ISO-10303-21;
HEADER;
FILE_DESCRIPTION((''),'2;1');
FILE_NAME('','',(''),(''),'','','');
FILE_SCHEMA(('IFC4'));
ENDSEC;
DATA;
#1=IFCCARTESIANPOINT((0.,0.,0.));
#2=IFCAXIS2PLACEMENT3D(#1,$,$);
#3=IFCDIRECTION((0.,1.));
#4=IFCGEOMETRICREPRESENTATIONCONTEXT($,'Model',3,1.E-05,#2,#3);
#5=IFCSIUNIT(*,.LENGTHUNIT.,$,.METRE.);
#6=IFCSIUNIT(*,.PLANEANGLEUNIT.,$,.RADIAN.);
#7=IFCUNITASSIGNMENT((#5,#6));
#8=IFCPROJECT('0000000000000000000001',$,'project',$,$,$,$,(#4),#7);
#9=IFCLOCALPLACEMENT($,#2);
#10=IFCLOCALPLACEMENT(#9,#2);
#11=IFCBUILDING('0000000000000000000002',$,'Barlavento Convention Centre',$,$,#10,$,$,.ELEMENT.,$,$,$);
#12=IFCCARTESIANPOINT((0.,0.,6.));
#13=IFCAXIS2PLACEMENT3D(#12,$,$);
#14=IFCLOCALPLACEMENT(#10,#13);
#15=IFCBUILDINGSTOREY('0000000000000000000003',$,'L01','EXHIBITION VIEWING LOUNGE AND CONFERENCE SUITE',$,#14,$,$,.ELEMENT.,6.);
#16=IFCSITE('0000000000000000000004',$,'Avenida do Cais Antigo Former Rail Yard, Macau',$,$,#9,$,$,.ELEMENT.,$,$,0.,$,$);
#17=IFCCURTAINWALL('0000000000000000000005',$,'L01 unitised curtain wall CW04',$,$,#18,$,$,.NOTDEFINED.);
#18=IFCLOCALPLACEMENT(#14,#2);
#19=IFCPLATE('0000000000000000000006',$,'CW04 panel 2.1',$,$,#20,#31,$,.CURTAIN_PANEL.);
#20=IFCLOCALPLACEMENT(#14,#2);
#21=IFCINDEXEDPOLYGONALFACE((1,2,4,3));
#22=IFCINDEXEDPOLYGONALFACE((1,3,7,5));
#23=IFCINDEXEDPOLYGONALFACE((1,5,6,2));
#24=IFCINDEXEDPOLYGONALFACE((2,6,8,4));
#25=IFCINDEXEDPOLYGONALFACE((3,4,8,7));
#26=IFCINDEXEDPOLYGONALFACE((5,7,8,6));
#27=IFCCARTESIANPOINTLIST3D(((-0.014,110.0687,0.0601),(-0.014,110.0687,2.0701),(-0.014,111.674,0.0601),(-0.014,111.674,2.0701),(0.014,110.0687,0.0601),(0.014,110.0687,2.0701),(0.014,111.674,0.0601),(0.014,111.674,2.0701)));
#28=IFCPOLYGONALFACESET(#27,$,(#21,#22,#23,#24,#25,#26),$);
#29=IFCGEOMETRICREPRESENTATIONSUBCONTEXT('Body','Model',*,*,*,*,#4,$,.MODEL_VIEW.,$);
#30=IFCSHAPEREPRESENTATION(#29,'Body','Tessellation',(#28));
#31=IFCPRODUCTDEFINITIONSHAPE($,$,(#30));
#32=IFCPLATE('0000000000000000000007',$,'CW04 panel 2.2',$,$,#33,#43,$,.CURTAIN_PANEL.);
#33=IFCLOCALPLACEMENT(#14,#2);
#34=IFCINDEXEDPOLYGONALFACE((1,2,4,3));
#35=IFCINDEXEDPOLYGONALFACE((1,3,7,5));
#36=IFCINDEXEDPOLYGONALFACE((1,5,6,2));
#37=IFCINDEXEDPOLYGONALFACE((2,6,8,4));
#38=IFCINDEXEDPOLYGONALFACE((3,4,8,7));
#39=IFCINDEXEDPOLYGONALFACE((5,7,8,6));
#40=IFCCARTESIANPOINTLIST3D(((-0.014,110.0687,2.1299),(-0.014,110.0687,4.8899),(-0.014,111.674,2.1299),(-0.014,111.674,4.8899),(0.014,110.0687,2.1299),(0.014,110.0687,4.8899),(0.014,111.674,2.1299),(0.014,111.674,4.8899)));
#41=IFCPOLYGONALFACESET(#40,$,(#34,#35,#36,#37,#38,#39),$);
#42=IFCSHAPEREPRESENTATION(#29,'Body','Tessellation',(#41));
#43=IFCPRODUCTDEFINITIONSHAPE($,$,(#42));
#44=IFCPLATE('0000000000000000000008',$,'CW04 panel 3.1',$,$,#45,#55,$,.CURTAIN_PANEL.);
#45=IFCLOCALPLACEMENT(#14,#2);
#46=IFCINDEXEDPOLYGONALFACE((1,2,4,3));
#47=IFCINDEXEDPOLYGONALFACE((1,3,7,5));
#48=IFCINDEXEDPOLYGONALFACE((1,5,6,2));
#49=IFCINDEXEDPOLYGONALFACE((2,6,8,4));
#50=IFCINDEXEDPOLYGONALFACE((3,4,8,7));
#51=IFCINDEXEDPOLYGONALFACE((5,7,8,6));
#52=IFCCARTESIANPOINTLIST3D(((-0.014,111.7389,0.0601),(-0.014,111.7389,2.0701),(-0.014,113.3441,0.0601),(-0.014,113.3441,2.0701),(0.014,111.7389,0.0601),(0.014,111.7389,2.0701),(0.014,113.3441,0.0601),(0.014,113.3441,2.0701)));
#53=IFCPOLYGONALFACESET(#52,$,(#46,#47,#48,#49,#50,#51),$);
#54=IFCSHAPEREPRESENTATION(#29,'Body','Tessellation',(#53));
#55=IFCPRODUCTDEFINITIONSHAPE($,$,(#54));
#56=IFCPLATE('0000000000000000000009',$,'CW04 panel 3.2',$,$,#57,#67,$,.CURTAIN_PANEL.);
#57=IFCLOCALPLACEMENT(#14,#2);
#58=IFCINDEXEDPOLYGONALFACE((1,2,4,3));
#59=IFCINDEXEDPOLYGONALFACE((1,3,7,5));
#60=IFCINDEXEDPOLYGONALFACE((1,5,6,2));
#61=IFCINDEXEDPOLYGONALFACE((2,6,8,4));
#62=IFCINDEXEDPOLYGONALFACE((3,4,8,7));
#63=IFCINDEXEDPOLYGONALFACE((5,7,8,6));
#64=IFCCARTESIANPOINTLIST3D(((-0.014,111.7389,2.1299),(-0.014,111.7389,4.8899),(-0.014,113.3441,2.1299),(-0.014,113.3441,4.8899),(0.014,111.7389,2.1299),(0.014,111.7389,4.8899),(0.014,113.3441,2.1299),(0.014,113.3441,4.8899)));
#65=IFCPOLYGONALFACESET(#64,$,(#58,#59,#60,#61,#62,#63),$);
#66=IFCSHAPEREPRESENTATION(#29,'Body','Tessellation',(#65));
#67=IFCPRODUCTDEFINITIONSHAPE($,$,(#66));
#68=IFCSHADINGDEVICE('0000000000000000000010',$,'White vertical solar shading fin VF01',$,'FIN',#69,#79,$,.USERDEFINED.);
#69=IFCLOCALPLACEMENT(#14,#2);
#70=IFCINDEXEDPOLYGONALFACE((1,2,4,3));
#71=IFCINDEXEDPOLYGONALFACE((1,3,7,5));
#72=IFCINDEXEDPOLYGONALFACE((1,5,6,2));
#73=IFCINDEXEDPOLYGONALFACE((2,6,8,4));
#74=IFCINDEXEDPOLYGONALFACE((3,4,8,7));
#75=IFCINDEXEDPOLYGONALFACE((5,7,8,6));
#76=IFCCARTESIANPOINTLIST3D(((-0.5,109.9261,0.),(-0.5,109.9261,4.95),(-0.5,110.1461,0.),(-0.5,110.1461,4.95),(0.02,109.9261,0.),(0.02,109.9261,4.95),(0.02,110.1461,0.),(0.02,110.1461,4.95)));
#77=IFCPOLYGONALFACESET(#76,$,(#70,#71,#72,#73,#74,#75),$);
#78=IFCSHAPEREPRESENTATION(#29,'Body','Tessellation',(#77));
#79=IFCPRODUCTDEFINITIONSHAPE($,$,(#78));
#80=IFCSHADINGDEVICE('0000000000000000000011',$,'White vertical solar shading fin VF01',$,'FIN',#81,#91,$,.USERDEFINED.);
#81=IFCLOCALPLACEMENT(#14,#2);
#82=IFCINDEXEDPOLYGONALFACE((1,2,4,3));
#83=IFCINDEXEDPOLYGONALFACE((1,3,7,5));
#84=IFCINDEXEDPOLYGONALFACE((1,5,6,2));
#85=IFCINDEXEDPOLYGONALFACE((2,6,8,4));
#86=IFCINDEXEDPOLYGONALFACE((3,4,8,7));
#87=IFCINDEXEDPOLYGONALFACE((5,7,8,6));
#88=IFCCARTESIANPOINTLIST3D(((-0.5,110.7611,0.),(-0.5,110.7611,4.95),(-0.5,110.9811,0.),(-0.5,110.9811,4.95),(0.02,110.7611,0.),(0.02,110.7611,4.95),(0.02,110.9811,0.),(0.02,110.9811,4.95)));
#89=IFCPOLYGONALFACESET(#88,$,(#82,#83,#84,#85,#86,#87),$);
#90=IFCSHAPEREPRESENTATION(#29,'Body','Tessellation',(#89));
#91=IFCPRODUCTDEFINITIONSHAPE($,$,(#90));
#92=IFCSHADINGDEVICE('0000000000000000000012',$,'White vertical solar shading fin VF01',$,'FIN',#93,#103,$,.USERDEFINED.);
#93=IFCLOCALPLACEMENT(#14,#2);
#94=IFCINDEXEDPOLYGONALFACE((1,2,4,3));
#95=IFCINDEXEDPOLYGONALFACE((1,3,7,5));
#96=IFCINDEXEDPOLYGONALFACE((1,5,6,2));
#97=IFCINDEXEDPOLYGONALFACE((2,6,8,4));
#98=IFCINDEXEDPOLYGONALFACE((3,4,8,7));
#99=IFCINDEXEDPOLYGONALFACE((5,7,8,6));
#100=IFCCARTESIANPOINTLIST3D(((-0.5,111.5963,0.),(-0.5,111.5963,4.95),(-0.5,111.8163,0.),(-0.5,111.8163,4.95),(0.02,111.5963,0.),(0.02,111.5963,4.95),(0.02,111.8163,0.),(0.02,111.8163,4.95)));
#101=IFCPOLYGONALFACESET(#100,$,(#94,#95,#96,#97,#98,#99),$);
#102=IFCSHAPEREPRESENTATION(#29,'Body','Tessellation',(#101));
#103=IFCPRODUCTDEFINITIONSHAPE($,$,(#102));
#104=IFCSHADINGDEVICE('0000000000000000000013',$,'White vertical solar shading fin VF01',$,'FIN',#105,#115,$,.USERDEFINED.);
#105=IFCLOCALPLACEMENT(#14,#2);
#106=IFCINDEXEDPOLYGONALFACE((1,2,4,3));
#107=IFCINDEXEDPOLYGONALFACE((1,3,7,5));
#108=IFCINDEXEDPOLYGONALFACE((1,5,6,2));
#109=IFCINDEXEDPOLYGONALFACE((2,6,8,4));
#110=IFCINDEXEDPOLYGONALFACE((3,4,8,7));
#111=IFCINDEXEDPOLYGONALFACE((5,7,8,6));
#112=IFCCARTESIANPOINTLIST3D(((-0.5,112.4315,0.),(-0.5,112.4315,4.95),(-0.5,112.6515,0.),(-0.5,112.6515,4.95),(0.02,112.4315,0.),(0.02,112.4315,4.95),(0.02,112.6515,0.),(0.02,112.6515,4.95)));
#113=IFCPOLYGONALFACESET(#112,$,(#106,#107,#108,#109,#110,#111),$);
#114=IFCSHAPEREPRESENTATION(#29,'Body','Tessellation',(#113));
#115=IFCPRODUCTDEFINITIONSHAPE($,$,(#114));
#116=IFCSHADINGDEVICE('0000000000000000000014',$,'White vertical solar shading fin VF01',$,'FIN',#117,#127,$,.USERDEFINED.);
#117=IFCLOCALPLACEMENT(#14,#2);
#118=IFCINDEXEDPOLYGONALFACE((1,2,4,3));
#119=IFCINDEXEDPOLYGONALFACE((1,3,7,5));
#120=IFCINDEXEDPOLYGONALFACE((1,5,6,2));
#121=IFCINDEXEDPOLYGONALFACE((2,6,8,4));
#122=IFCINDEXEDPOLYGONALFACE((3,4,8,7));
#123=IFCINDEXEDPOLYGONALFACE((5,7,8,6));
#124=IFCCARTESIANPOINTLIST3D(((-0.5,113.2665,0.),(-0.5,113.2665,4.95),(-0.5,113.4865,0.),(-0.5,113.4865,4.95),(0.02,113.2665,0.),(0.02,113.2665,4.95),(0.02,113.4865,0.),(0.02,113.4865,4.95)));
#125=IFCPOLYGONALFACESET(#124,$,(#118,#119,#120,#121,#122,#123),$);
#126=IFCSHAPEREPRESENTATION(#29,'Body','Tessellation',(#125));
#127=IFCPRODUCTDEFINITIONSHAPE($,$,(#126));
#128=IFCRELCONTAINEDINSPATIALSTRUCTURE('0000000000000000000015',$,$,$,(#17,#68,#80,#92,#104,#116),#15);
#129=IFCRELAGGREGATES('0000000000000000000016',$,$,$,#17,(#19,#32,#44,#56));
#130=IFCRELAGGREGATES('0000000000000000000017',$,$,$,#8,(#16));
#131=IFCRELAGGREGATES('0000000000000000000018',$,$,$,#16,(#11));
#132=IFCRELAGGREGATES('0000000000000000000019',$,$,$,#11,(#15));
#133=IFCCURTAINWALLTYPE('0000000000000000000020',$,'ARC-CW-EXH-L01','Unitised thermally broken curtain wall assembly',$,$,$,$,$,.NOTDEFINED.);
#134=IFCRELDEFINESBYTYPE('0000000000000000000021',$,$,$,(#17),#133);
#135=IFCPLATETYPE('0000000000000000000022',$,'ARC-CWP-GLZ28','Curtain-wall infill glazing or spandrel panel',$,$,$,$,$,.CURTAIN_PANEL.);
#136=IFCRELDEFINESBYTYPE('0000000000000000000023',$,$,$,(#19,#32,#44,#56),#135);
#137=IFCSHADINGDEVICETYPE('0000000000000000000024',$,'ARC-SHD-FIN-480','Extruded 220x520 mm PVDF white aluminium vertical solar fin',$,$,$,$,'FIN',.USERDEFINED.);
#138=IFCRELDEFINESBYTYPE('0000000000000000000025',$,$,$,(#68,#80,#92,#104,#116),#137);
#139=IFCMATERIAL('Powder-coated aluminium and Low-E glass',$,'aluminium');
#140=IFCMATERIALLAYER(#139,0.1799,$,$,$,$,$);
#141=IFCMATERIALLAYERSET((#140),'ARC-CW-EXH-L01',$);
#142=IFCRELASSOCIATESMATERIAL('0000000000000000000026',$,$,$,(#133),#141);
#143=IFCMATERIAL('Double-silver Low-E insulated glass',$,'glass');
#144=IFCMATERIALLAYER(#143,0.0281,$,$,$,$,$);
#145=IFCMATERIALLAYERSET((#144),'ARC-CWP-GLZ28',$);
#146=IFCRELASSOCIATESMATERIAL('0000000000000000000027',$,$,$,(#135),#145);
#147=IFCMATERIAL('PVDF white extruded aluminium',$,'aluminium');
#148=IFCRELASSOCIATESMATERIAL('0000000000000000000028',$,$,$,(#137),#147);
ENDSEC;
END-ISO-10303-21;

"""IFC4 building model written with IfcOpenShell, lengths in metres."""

from ifc_helpers import new_model, si_unit, direction, frame, origin, origin_2d, place, context, subcontext, project, spatial, rectangle, extrude, material, layer, layer_set, type_object, element, aggregate, save


model = new_model("IFC4")

# Units and contexts
model_context = context("Model", 3, precision=1e-05, world=origin(), true_north=direction((0.0, 1.0)))
body_context = subcontext(model_context, "Body", "Model", "MODEL_VIEW")
ifc_project = project(units=[si_unit("LENGTHUNIT", "METRE"), si_unit("PLANEANGLEUNIT", "RADIAN")], contexts=[model_context])

# Site, building, storey
site_placement = place(None, origin())
site = spatial("IfcSite", under=ifc_project, at=site_placement, Name="Avenida do Cais Antigo Former Rail Yard, Macau", CompositionType="ELEMENT", RefElevation=0.0)
building_placement = place(site_placement, origin())
building = spatial("IfcBuilding", under=site, at=building_placement, Name="Barlavento Convention Centre", CompositionType="ELEMENT")
storey_placement = place(building_placement, frame((0.0, 0.0, 6.0)))
storey = spatial("IfcBuildingStorey", under=building, at=storey_placement, Name="L01", Description="EXHIBITION VIEWING LOUNGE AND CONFERENCE SUITE", CompositionType="ELEMENT", Elevation=6.0)

# Curtain wall, plates
ifc_material_1 = material(Name="Powder-coated aluminium and Low-E glass", Category="aluminium")
ifc_layer_1 = layer(ifc_material_1, 0.1799)
ifc_layer_set_1 = layer_set([ifc_layer_1], Name="ARC-CW-EXH-L01")
curtain_wall_type = type_object("IfcCurtainWallType", Name="ARC-CW-EXH-L01", Description="Unitised thermally broken curtain wall assembly", PredefinedType="NOTDEFINED", material=ifc_layer_set_1)
curtain_wall_placement = place(storey_placement, origin())
curtain_wall = element("IfcCurtainWall", 1, at=curtain_wall_placement, inside=storey, type_object=curtain_wall_type, Name="L01 unitised curtain wall CW04", PredefinedType="NOTDEFINED")
ifc_material_2 = material(Name="Double-silver Low-E insulated glass", Category="glass")
ifc_layer_2 = layer(ifc_material_2, 0.0281)
ifc_layer_set_2 = layer_set([ifc_layer_2], Name="ARC-CWP-GLZ28")
plate_type = type_object("IfcPlateType", Name="ARC-CWP-GLZ28", Description="Curtain-wall infill glazing or spandrel panel", PredefinedType="CURTAIN_PANEL", material=ifc_layer_set_2)
plate_1_placement = place(storey_placement, frame((0.0, 110.8713, 0.0601), z_axis=(0.0, 0.0, 1.0), x_axis=(0.0, 1.0, 0.0)))
plate_1 = element("IfcPlate", 2, at=plate_1_placement, type_object=plate_type, Name="CW04 panel 2.1", PredefinedType="CURTAIN_PANEL", context=body_context, shape_type="SweptSolid", body=[
    extrude(rectangle(XDim=1.6052, YDim=0.0281, at=origin_2d()), origin(), (0.0, 0.0, 1.0), 2.01),
])
plate_2_placement = place(storey_placement, frame((0.0, 110.8713, 2.1299), z_axis=(0.0, 0.0, 1.0), x_axis=(0.0, 1.0, 0.0)))
plate_2 = element("IfcPlate", 3, at=plate_2_placement, type_object=plate_type, Name="CW04 panel 2.2", PredefinedType="CURTAIN_PANEL", context=body_context, shape_type="SweptSolid", body=[
    extrude(rectangle(XDim=1.6052, YDim=0.0281, at=origin_2d()), origin(), (0.0, 0.0, 1.0), 2.76),
])
plate_3_placement = place(storey_placement, frame((0.0, 112.5415, 0.0601), z_axis=(0.0, 0.0, 1.0), x_axis=(0.0, 1.0, 0.0)))
plate_3 = element("IfcPlate", 4, at=plate_3_placement, type_object=plate_type, Name="CW04 panel 3.1", PredefinedType="CURTAIN_PANEL", context=body_context, shape_type="SweptSolid", body=[
    extrude(rectangle(XDim=1.6052, YDim=0.0281, at=origin_2d()), origin(), (0.0, 0.0, 1.0), 2.01),
])
plate_4_placement = place(storey_placement, frame((0.0, 112.5415, 2.1299), z_axis=(0.0, 0.0, 1.0), x_axis=(0.0, 1.0, 0.0)))
plate_4 = element("IfcPlate", 5, at=plate_4_placement, type_object=plate_type, Name="CW04 panel 3.2", PredefinedType="CURTAIN_PANEL", context=body_context, shape_type="SweptSolid", body=[
    extrude(rectangle(XDim=1.6052, YDim=0.0281, at=origin_2d()), origin(), (0.0, 0.0, 1.0), 2.76),
])
aggregate(curtain_wall, [plate_1, plate_2, plate_3, plate_4])

# Shading devices
ifc_material_3 = material(Name="PVDF white extruded aluminium", Category="aluminium")
shading_device_type = type_object("IfcShadingDeviceType", Name="ARC-SHD-FIN-480", Description="Extruded 220x520 mm PVDF white aluminium vertical solar fin", ElementType="FIN", PredefinedType="USERDEFINED", material=ifc_material_3)
for number, where, z_axis, x_axis, name in (
    (6, (-0.24, 110.0361, 0.0), (0.0, 0.0, 1.0), (0.0, 1.0, 0.0), "White vertical solar shading fin VF01"),
    (7, (-0.24, 110.8711, 0.0), (0.0, 0.0, 1.0), (0.0, 1.0, 0.0), "White vertical solar shading fin VF01"),
    (8, (-0.24, 111.7063, 0.0), (0.0, 0.0, 1.0), (0.0, 1.0, 0.0), "White vertical solar shading fin VF01"),
    (9, (-0.24, 112.5415, 0.0), (0.0, 0.0, 1.0), (0.0, 1.0, 0.0), "White vertical solar shading fin VF01"),
    (10, (-0.24, 113.3765, 0.0), (0.0, 0.0, 1.0), (0.0, 1.0, 0.0), "White vertical solar shading fin VF01"),
):
    element("IfcShadingDevice", number, at=place(storey_placement, frame(where, z_axis=z_axis, x_axis=x_axis)), inside=storey, type_object=shading_device_type, Name=name, ObjectType="FIN", PredefinedType="USERDEFINED", context=body_context, shape_type="SweptSolid", body=[
        extrude(rectangle(XDim=0.22, YDim=0.52, at=origin_2d()), origin(), (0.0, 0.0, 1.0), 4.95),
    ])

save(model, "model.ifc")
